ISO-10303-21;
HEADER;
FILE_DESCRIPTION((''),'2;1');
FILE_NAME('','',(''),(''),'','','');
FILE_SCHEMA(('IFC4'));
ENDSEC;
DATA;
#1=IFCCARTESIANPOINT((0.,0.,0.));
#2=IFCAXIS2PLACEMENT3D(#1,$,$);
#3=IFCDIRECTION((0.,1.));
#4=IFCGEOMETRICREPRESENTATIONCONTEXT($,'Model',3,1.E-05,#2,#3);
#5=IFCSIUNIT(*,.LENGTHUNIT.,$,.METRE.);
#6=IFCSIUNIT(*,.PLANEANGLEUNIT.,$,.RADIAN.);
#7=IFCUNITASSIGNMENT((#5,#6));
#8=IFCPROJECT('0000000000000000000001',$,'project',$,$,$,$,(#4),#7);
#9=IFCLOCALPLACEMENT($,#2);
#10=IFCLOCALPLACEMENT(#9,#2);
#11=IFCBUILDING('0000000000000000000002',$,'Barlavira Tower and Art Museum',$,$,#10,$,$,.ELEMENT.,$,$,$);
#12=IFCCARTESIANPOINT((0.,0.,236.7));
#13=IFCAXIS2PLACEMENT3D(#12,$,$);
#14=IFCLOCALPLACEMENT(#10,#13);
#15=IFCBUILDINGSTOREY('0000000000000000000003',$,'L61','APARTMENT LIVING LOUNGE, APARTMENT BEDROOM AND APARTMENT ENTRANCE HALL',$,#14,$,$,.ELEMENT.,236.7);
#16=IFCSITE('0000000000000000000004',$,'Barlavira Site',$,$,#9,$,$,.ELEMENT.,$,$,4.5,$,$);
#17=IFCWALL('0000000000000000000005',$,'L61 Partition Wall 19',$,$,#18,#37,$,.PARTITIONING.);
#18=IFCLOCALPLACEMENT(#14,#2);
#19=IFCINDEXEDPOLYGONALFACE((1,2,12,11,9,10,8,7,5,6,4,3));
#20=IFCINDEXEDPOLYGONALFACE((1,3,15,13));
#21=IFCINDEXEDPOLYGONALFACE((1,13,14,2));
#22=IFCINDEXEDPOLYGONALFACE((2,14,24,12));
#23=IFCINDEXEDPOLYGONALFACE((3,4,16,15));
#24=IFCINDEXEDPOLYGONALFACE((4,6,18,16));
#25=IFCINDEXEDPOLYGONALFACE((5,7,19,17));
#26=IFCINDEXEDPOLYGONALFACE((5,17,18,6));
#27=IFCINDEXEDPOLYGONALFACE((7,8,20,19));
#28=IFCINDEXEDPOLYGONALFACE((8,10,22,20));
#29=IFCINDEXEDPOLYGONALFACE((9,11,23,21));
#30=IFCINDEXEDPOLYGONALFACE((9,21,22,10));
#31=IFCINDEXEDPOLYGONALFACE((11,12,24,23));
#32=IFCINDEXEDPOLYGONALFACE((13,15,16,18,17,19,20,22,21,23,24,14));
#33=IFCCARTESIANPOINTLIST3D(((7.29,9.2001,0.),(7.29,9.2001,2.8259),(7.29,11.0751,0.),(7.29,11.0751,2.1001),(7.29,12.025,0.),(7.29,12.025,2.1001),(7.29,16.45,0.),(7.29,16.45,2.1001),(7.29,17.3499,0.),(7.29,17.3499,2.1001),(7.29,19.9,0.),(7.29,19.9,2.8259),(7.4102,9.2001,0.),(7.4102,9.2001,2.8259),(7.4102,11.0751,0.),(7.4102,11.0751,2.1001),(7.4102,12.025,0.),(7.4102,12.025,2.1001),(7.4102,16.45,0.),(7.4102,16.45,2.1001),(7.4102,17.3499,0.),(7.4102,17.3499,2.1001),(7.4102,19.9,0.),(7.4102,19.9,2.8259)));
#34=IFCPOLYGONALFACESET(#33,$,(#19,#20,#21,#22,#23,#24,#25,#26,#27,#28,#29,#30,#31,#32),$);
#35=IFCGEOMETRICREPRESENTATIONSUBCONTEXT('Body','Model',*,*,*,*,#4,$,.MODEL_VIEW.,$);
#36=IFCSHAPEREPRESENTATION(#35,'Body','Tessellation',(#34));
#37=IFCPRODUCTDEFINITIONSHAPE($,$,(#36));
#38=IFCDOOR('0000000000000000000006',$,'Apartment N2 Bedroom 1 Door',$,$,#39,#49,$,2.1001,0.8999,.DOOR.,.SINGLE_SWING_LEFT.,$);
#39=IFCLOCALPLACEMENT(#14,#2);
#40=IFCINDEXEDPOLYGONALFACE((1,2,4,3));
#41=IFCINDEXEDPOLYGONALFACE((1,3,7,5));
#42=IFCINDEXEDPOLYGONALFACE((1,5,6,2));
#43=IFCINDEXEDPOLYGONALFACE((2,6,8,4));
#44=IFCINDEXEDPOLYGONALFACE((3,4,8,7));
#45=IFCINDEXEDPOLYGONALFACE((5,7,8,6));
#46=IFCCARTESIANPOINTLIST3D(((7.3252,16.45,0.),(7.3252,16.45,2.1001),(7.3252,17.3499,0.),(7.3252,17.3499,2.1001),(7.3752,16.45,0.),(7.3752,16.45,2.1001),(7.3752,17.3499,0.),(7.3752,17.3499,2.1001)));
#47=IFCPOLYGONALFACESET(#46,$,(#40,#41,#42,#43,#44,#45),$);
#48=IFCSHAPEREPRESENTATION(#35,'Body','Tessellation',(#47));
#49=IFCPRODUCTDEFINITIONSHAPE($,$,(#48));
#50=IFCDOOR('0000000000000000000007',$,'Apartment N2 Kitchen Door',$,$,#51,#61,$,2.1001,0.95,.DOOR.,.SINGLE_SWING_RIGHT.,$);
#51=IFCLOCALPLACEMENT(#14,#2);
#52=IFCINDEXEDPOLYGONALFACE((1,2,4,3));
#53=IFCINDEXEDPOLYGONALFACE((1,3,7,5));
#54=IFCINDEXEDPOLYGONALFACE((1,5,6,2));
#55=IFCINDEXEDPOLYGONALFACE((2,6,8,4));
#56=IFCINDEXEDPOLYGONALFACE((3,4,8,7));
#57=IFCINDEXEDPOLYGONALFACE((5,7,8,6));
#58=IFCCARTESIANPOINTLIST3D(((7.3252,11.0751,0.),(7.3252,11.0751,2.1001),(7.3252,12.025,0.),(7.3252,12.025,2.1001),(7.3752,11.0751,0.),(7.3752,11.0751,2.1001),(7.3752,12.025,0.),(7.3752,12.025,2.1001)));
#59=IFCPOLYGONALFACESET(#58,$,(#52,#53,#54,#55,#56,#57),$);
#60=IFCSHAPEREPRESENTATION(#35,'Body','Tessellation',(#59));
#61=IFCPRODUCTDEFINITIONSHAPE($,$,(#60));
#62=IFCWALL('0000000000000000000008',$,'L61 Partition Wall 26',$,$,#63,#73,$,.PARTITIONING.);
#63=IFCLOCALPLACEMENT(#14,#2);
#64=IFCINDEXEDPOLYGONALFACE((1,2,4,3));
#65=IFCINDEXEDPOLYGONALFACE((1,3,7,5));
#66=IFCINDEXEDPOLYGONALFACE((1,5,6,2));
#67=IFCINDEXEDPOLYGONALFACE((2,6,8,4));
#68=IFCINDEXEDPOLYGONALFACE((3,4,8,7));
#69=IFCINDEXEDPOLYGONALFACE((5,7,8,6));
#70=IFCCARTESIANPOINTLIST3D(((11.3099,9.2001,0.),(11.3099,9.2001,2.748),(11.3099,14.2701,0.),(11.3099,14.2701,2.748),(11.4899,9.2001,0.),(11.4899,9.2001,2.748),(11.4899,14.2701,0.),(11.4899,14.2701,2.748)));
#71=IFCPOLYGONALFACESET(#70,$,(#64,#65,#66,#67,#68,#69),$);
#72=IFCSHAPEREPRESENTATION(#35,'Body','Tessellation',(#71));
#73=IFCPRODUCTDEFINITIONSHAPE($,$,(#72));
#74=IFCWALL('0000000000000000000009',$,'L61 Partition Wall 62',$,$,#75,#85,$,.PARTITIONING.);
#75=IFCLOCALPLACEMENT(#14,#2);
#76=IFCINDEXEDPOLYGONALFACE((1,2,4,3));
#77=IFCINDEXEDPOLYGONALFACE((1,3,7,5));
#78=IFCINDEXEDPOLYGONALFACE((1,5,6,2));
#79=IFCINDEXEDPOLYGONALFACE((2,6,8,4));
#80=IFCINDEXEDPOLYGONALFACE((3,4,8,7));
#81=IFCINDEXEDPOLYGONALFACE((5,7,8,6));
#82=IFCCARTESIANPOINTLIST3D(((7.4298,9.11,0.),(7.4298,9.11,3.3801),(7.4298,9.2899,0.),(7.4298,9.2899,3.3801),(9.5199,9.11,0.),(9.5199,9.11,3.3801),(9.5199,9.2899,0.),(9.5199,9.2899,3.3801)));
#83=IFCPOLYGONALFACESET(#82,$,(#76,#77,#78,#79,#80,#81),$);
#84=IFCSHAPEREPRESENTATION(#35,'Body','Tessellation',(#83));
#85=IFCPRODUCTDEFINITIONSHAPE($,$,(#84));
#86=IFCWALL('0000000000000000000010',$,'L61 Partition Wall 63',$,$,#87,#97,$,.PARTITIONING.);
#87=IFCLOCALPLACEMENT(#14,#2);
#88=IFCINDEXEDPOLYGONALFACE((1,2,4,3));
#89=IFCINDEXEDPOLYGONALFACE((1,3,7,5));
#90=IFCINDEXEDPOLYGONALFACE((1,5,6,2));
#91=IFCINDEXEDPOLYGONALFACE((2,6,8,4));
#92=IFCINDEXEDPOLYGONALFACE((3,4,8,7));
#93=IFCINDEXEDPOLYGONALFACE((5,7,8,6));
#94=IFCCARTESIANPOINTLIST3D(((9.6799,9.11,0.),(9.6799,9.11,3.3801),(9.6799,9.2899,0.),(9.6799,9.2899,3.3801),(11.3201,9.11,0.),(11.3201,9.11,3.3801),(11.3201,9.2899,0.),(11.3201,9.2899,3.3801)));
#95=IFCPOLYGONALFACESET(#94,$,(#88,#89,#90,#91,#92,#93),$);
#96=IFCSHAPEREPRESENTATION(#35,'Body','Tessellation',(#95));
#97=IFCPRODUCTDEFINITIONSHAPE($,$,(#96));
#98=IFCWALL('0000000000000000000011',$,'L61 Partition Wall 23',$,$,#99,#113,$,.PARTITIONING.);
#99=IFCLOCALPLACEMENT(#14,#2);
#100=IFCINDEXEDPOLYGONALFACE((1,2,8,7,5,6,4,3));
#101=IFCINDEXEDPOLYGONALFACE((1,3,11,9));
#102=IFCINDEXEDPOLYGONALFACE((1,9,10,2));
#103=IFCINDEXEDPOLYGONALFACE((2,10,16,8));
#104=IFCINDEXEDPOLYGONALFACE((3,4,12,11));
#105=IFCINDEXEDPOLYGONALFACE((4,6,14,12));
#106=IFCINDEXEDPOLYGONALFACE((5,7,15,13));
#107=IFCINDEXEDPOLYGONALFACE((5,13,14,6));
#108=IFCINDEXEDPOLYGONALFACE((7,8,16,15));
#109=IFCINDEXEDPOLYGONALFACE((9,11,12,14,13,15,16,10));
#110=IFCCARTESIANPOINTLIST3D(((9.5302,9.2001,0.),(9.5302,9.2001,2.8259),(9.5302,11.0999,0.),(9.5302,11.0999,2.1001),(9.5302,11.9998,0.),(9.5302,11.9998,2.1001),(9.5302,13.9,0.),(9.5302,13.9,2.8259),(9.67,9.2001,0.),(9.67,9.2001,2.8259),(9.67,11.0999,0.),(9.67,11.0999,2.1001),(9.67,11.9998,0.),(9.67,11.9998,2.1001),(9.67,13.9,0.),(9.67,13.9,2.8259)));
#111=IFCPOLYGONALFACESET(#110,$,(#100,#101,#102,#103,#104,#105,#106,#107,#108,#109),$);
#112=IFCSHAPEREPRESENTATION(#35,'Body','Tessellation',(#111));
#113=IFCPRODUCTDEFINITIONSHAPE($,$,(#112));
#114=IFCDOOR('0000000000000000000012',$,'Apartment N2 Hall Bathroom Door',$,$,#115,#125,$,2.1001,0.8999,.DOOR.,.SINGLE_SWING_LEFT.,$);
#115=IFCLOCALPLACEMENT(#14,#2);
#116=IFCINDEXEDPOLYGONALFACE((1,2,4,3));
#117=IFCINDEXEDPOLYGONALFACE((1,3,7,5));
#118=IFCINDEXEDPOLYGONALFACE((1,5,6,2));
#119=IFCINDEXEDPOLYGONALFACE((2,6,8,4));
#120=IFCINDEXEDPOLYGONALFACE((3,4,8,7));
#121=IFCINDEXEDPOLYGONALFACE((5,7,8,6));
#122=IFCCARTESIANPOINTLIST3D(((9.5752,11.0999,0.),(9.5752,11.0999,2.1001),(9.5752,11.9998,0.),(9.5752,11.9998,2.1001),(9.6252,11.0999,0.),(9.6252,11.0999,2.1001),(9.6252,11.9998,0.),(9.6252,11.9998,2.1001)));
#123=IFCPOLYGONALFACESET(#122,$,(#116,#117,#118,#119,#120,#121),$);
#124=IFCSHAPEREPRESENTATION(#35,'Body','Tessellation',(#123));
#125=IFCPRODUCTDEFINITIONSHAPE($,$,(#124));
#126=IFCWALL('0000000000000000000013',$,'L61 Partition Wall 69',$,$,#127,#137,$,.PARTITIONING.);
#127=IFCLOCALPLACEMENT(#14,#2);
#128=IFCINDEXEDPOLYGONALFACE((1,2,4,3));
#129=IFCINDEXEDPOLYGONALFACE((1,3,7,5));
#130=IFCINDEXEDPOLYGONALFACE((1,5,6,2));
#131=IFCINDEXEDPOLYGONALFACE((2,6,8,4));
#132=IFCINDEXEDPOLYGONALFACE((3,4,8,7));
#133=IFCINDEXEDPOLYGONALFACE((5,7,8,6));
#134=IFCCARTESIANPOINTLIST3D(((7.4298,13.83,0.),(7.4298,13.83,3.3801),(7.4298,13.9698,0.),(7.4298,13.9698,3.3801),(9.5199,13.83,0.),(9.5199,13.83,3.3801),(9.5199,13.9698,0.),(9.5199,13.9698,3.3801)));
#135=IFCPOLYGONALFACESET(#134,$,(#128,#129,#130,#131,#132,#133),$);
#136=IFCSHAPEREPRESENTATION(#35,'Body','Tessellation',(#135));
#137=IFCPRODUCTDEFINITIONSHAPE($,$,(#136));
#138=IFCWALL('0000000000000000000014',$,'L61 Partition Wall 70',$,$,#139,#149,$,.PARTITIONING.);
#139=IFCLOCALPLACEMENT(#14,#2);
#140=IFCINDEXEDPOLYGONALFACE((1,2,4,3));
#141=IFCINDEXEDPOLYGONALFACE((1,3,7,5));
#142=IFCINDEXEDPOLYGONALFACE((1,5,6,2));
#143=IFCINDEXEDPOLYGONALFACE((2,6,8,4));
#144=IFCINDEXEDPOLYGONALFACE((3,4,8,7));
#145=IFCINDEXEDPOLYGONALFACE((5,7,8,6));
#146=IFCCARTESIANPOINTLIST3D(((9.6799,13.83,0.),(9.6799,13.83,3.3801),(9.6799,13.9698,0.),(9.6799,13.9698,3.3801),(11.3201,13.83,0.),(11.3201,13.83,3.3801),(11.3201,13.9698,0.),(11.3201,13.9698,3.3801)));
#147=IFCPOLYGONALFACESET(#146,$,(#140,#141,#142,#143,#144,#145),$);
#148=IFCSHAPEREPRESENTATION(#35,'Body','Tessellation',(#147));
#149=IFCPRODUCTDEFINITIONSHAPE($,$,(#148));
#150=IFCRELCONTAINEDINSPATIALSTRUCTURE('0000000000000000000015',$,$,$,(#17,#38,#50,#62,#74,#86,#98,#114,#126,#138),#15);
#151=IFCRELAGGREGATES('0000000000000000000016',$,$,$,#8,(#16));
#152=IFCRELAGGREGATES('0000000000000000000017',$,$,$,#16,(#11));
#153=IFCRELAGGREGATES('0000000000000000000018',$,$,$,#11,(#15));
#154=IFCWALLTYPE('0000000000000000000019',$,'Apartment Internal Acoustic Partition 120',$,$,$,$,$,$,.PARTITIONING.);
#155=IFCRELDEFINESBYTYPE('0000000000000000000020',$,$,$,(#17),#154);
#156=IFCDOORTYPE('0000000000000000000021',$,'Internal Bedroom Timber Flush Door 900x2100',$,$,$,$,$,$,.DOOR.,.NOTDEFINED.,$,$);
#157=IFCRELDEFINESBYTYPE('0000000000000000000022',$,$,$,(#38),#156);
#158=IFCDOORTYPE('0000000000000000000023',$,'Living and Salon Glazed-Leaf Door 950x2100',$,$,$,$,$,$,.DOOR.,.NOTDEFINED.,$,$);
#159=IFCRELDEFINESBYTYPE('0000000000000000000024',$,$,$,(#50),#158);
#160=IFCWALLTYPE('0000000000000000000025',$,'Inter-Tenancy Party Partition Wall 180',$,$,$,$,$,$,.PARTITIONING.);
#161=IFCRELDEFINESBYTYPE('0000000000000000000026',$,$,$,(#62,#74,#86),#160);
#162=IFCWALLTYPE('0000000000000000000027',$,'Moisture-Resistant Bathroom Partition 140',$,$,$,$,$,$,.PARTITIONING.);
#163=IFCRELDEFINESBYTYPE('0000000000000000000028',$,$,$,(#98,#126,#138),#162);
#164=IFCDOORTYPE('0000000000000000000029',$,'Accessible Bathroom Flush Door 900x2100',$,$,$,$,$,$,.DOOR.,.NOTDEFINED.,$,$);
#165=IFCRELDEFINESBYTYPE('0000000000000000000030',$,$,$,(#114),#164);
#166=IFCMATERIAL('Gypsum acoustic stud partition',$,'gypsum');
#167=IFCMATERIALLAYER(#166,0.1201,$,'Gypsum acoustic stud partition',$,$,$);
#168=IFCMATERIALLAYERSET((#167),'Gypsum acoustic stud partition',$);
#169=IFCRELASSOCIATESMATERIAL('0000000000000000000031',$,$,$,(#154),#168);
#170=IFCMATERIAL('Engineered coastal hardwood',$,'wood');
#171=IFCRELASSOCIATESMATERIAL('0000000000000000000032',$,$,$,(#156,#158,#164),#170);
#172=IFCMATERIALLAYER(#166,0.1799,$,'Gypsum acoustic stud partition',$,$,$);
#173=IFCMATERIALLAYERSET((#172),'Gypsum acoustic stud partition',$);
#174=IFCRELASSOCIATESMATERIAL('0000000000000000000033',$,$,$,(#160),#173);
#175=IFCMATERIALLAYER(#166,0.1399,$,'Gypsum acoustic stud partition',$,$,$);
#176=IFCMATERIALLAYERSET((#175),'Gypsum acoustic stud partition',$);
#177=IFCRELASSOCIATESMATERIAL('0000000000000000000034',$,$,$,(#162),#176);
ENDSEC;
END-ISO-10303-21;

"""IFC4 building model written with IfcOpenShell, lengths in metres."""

from ifc_helpers import new_model, si_unit, direction, frame, frame_2d, origin, place, context, subcontext, project, spatial, rectangle, extrude, material, layer, layer_set, type_object, element, fill, save


model = new_model("IFC4")

# Units and contexts
model_context = context("Model", 3, precision=1e-05, world=origin(), true_north=direction((0.0, 1.0)))
body_context = subcontext(model_context, "Body", "Model", "MODEL_VIEW")
ifc_project = project(units=[si_unit("LENGTHUNIT", "METRE"), si_unit("PLANEANGLEUNIT", "RADIAN")], contexts=[model_context])

# Site, building, storey
site_placement = place(None, origin())
site = spatial("IfcSite", under=ifc_project, at=site_placement, Name="Barlavira Site", CompositionType="ELEMENT", RefElevation=4.5)
building_placement = place(site_placement, origin())
building = spatial("IfcBuilding", under=site, at=building_placement, Name="Barlavira Tower and Art Museum", CompositionType="ELEMENT")
storey_placement = place(building_placement, frame((0.0, 0.0, 236.7)))
storey = spatial("IfcBuildingStorey", under=building, at=storey_placement, Name="L61", Description="APARTMENT LIVING LOUNGE, APARTMENT BEDROOM AND APARTMENT ENTRANCE HALL", CompositionType="ELEMENT", Elevation=236.7)

# Wall, openings, doors
ifc_material_1 = material(Name="Gypsum acoustic stud partition", Category="gypsum")
ifc_layer_1 = layer(ifc_material_1, 0.1201, Name="Gypsum acoustic stud partition")
ifc_layer_set_1 = layer_set([ifc_layer_1], Name="Gypsum acoustic stud partition")
wall_type_1 = type_object("IfcWallType", Name="Apartment Internal Acoustic Partition 120", PredefinedType="PARTITIONING", material=ifc_layer_set_1)
wall_1_placement = place(storey_placement, frame((7.3501, 9.2, 0.0), z_axis=(0.0, 0.0, 1.0), x_axis=(0.0, 1.0, 0.0)))
wall_1 = element("IfcWall", 1, at=wall_1_placement, inside=storey, type_object=wall_type_1, Name="L61 Partition Wall 19", PredefinedType="PARTITIONING", context=body_context, shape_type="SweptSolid", body=[
    extrude(rectangle(XDim=10.7, YDim=0.1201, at=frame_2d((5.3501, 0.0))), origin(), (0.0, 0.0, 1.0), 2.8259),
])
opening_1_placement = place(wall_1_placement, frame((1.875, 0.0, 0.0)))
opening_1 = element("IfcOpeningElement", 2, at=opening_1_placement, cuts=wall_1, PredefinedType="OPENING", context=body_context, shape_type="SweptSolid", body=[
    extrude(rectangle(XDim=0.95, YDim=2.1001, at=frame_2d((0.4751, 1.05))), frame((0.0, 0.0701, 0.0), z_axis=(0.0, -1.0, 0.0), x_axis=(1.0, 0.0, 0.0)), (0.0, 0.0, 1.0), 0.1401),
])
opening_2_placement = place(wall_1_placement, frame((7.25, 0.0, 0.0)))
opening_2 = element("IfcOpeningElement", 3, at=opening_2_placement, cuts=wall_1, PredefinedType="OPENING", context=body_context, shape_type="SweptSolid", body=[
    extrude(rectangle(XDim=0.8999, YDim=2.1001, at=frame_2d((0.45, 1.05))), frame((0.0, 0.0701, 0.0), z_axis=(0.0, -1.0, 0.0), x_axis=(1.0, 0.0, 0.0)), (0.0, 0.0, 1.0), 0.1401),
])
ifc_material_2 = material(Name="Engineered coastal hardwood", Category="wood")
door_type_1 = type_object("IfcDoorType", Name="Internal Bedroom Timber Flush Door 900x2100", OperationType="NOTDEFINED", PredefinedType="DOOR", material=ifc_material_2)
door_1_placement = place(opening_2_placement, origin())
door_1 = element("IfcDoor", 4, at=door_1_placement, inside=storey, type_object=door_type_1, Name="Apartment N2 Bedroom 1 Door", OperationType="SINGLE_SWING_LEFT", OverallHeight=2.1001, OverallWidth=0.8999, PredefinedType="DOOR", context=body_context, shape_type="SweptSolid", body=[
    extrude(rectangle(XDim=0.8999, YDim=2.1001, at=frame_2d((0.45, 1.05))), frame((0.0, 0.0249, 0.0), z_axis=(0.0, -1.0, 0.0), x_axis=(1.0, 0.0, 0.0)), (0.0, 0.0, 1.0), 0.05),
])
fill(opening_2, door_1)
door_type_2 = type_object("IfcDoorType", Name="Living and Salon Glazed-Leaf Door 950x2100", OperationType="NOTDEFINED", PredefinedType="DOOR", material=ifc_material_2)
door_2_placement = place(opening_1_placement, origin())
door_2 = element("IfcDoor", 5, at=door_2_placement, inside=storey, type_object=door_type_2, Name="Apartment N2 Kitchen Door", OperationType="SINGLE_SWING_RIGHT", OverallHeight=2.1001, OverallWidth=0.95, PredefinedType="DOOR", context=body_context, shape_type="SweptSolid", body=[
    extrude(rectangle(XDim=0.95, YDim=2.1001, at=frame_2d((0.4751, 1.05))), frame((0.0, 0.0249, 0.0), z_axis=(0.0, -1.0, 0.0), x_axis=(1.0, 0.0, 0.0)), (0.0, 0.0, 1.0), 0.05),
])
fill(opening_1, door_2)

# Walls
ifc_layer_2 = layer(ifc_material_1, 0.1799, Name="Gypsum acoustic stud partition")
ifc_layer_set_2 = layer_set([ifc_layer_2], Name="Gypsum acoustic stud partition")
wall_type_2 = type_object("IfcWallType", Name="Inter-Tenancy Party Partition Wall 180", PredefinedType="PARTITIONING", material=ifc_layer_set_2)
wall_2_placement = place(storey_placement, frame((11.3999, 9.2, 0.0), z_axis=(0.0, 0.0, 1.0), x_axis=(0.0, 1.0, 0.0)))
element("IfcWall", 6, at=wall_2_placement, inside=storey, type_object=wall_type_2, Name="L61 Partition Wall 26", PredefinedType="PARTITIONING", context=body_context, shape_type="SweptSolid", body=[
    extrude(rectangle(XDim=5.0701, YDim=0.1799, at=frame_2d((2.5352, 0.0))), origin(), (0.0, 0.0, 1.0), 2.748),
])
wall_3_placement = place(storey_placement, frame((7.4299, 9.2, 0.0), z_axis=(0.0, 0.0, 1.0), x_axis=(1.0, 0.0, 0.0)))
element("IfcWall", 7, at=wall_3_placement, inside=storey, type_object=wall_type_2, Name="L61 Partition Wall 62", PredefinedType="PARTITIONING", context=body_context, shape_type="SweptSolid", body=[
    extrude(rectangle(XDim=2.0901, YDim=0.1799, at=frame_2d((1.0449, 0.0))), origin(), (0.0, 0.0, 1.0), 3.3801),
])
wall_4_placement = place(storey_placement, frame((9.6799, 9.2, 0.0), z_axis=(0.0, 0.0, 1.0), x_axis=(1.0, 0.0, 0.0)))
element("IfcWall", 8, at=wall_4_placement, inside=storey, type_object=wall_type_2, Name="L61 Partition Wall 63", PredefinedType="PARTITIONING", context=body_context, shape_type="SweptSolid", body=[
    extrude(rectangle(XDim=1.6401, YDim=0.1799, at=frame_2d((0.8201, 0.0))), origin(), (0.0, 0.0, 1.0), 3.3801),
])

# Wall, opening, door
ifc_layer_3 = layer(ifc_material_1, 0.1399, Name="Gypsum acoustic stud partition")
ifc_layer_set_3 = layer_set([ifc_layer_3], Name="Gypsum acoustic stud partition")
wall_type_3 = type_object("IfcWallType", Name="Moisture-Resistant Bathroom Partition 140", PredefinedType="PARTITIONING", material=ifc_layer_set_3)
wall_5_placement = place(storey_placement, frame((9.6001, 9.2, 0.0), z_axis=(0.0, 0.0, 1.0), x_axis=(0.0, 1.0, 0.0)))
wall_5 = element("IfcWall", 9, at=wall_5_placement, inside=storey, type_object=wall_type_3, Name="L61 Partition Wall 23", PredefinedType="PARTITIONING", context=body_context, shape_type="SweptSolid", body=[
    extrude(rectangle(XDim=4.7, YDim=0.1399, at=frame_2d((2.3501, 0.0))), origin(), (0.0, 0.0, 1.0), 2.8259),
])
opening_3_placement = place(wall_5_placement, frame((1.8999, 0.0, 0.0)))
opening_3 = element("IfcOpeningElement", 10, at=opening_3_placement, cuts=wall_5, PredefinedType="OPENING", context=body_context, shape_type="SweptSolid", body=[
    extrude(rectangle(XDim=0.8999, YDim=2.1001, at=frame_2d((0.45, 1.05))), frame((0.0, 0.0801, 0.0), z_axis=(0.0, -1.0, 0.0), x_axis=(1.0, 0.0, 0.0)), (0.0, 0.0, 1.0), 0.1599),
])
door_type_3 = type_object("IfcDoorType", Name="Accessible Bathroom Flush Door 900x2100", OperationType="NOTDEFINED", PredefinedType="DOOR", material=ifc_material_2)
door_3_placement = place(opening_3_placement, origin())
door_3 = element("IfcDoor", 11, at=door_3_placement, inside=storey, type_object=door_type_3, Name="Apartment N2 Hall Bathroom Door", OperationType="SINGLE_SWING_LEFT", OverallHeight=2.1001, OverallWidth=0.8999, PredefinedType="DOOR", context=body_context, shape_type="SweptSolid", body=[
    extrude(rectangle(XDim=0.8999, YDim=2.1001, at=frame_2d((0.45, 1.05))), frame((0.0, 0.0249, 0.0), z_axis=(0.0, -1.0, 0.0), x_axis=(1.0, 0.0, 0.0)), (0.0, 0.0, 1.0), 0.05),
])
fill(opening_3, door_3)

# Walls
wall_6_placement = place(storey_placement, frame((7.4299, 13.8999, 0.0), z_axis=(0.0, 0.0, 1.0), x_axis=(1.0, 0.0, 0.0)))
element("IfcWall", 12, at=wall_6_placement, inside=storey, type_object=wall_type_3, Name="L61 Partition Wall 69", PredefinedType="PARTITIONING", context=body_context, shape_type="SweptSolid", body=[
    extrude(rectangle(XDim=2.0901, YDim=0.1399, at=frame_2d((1.0449, 0.0))), origin(), (0.0, 0.0, 1.0), 3.3801),
])
wall_7_placement = place(storey_placement, frame((9.6799, 13.8999, 0.0), z_axis=(0.0, 0.0, 1.0), x_axis=(1.0, 0.0, 0.0)))
element("IfcWall", 13, at=wall_7_placement, inside=storey, type_object=wall_type_3, Name="L61 Partition Wall 70", PredefinedType="PARTITIONING", context=body_context, shape_type="SweptSolid", body=[
    extrude(rectangle(XDim=1.6401, YDim=0.1399, at=frame_2d((0.8201, 0.0))), origin(), (0.0, 0.0, 1.0), 3.3801),
])

save(model, "model.ifc")
